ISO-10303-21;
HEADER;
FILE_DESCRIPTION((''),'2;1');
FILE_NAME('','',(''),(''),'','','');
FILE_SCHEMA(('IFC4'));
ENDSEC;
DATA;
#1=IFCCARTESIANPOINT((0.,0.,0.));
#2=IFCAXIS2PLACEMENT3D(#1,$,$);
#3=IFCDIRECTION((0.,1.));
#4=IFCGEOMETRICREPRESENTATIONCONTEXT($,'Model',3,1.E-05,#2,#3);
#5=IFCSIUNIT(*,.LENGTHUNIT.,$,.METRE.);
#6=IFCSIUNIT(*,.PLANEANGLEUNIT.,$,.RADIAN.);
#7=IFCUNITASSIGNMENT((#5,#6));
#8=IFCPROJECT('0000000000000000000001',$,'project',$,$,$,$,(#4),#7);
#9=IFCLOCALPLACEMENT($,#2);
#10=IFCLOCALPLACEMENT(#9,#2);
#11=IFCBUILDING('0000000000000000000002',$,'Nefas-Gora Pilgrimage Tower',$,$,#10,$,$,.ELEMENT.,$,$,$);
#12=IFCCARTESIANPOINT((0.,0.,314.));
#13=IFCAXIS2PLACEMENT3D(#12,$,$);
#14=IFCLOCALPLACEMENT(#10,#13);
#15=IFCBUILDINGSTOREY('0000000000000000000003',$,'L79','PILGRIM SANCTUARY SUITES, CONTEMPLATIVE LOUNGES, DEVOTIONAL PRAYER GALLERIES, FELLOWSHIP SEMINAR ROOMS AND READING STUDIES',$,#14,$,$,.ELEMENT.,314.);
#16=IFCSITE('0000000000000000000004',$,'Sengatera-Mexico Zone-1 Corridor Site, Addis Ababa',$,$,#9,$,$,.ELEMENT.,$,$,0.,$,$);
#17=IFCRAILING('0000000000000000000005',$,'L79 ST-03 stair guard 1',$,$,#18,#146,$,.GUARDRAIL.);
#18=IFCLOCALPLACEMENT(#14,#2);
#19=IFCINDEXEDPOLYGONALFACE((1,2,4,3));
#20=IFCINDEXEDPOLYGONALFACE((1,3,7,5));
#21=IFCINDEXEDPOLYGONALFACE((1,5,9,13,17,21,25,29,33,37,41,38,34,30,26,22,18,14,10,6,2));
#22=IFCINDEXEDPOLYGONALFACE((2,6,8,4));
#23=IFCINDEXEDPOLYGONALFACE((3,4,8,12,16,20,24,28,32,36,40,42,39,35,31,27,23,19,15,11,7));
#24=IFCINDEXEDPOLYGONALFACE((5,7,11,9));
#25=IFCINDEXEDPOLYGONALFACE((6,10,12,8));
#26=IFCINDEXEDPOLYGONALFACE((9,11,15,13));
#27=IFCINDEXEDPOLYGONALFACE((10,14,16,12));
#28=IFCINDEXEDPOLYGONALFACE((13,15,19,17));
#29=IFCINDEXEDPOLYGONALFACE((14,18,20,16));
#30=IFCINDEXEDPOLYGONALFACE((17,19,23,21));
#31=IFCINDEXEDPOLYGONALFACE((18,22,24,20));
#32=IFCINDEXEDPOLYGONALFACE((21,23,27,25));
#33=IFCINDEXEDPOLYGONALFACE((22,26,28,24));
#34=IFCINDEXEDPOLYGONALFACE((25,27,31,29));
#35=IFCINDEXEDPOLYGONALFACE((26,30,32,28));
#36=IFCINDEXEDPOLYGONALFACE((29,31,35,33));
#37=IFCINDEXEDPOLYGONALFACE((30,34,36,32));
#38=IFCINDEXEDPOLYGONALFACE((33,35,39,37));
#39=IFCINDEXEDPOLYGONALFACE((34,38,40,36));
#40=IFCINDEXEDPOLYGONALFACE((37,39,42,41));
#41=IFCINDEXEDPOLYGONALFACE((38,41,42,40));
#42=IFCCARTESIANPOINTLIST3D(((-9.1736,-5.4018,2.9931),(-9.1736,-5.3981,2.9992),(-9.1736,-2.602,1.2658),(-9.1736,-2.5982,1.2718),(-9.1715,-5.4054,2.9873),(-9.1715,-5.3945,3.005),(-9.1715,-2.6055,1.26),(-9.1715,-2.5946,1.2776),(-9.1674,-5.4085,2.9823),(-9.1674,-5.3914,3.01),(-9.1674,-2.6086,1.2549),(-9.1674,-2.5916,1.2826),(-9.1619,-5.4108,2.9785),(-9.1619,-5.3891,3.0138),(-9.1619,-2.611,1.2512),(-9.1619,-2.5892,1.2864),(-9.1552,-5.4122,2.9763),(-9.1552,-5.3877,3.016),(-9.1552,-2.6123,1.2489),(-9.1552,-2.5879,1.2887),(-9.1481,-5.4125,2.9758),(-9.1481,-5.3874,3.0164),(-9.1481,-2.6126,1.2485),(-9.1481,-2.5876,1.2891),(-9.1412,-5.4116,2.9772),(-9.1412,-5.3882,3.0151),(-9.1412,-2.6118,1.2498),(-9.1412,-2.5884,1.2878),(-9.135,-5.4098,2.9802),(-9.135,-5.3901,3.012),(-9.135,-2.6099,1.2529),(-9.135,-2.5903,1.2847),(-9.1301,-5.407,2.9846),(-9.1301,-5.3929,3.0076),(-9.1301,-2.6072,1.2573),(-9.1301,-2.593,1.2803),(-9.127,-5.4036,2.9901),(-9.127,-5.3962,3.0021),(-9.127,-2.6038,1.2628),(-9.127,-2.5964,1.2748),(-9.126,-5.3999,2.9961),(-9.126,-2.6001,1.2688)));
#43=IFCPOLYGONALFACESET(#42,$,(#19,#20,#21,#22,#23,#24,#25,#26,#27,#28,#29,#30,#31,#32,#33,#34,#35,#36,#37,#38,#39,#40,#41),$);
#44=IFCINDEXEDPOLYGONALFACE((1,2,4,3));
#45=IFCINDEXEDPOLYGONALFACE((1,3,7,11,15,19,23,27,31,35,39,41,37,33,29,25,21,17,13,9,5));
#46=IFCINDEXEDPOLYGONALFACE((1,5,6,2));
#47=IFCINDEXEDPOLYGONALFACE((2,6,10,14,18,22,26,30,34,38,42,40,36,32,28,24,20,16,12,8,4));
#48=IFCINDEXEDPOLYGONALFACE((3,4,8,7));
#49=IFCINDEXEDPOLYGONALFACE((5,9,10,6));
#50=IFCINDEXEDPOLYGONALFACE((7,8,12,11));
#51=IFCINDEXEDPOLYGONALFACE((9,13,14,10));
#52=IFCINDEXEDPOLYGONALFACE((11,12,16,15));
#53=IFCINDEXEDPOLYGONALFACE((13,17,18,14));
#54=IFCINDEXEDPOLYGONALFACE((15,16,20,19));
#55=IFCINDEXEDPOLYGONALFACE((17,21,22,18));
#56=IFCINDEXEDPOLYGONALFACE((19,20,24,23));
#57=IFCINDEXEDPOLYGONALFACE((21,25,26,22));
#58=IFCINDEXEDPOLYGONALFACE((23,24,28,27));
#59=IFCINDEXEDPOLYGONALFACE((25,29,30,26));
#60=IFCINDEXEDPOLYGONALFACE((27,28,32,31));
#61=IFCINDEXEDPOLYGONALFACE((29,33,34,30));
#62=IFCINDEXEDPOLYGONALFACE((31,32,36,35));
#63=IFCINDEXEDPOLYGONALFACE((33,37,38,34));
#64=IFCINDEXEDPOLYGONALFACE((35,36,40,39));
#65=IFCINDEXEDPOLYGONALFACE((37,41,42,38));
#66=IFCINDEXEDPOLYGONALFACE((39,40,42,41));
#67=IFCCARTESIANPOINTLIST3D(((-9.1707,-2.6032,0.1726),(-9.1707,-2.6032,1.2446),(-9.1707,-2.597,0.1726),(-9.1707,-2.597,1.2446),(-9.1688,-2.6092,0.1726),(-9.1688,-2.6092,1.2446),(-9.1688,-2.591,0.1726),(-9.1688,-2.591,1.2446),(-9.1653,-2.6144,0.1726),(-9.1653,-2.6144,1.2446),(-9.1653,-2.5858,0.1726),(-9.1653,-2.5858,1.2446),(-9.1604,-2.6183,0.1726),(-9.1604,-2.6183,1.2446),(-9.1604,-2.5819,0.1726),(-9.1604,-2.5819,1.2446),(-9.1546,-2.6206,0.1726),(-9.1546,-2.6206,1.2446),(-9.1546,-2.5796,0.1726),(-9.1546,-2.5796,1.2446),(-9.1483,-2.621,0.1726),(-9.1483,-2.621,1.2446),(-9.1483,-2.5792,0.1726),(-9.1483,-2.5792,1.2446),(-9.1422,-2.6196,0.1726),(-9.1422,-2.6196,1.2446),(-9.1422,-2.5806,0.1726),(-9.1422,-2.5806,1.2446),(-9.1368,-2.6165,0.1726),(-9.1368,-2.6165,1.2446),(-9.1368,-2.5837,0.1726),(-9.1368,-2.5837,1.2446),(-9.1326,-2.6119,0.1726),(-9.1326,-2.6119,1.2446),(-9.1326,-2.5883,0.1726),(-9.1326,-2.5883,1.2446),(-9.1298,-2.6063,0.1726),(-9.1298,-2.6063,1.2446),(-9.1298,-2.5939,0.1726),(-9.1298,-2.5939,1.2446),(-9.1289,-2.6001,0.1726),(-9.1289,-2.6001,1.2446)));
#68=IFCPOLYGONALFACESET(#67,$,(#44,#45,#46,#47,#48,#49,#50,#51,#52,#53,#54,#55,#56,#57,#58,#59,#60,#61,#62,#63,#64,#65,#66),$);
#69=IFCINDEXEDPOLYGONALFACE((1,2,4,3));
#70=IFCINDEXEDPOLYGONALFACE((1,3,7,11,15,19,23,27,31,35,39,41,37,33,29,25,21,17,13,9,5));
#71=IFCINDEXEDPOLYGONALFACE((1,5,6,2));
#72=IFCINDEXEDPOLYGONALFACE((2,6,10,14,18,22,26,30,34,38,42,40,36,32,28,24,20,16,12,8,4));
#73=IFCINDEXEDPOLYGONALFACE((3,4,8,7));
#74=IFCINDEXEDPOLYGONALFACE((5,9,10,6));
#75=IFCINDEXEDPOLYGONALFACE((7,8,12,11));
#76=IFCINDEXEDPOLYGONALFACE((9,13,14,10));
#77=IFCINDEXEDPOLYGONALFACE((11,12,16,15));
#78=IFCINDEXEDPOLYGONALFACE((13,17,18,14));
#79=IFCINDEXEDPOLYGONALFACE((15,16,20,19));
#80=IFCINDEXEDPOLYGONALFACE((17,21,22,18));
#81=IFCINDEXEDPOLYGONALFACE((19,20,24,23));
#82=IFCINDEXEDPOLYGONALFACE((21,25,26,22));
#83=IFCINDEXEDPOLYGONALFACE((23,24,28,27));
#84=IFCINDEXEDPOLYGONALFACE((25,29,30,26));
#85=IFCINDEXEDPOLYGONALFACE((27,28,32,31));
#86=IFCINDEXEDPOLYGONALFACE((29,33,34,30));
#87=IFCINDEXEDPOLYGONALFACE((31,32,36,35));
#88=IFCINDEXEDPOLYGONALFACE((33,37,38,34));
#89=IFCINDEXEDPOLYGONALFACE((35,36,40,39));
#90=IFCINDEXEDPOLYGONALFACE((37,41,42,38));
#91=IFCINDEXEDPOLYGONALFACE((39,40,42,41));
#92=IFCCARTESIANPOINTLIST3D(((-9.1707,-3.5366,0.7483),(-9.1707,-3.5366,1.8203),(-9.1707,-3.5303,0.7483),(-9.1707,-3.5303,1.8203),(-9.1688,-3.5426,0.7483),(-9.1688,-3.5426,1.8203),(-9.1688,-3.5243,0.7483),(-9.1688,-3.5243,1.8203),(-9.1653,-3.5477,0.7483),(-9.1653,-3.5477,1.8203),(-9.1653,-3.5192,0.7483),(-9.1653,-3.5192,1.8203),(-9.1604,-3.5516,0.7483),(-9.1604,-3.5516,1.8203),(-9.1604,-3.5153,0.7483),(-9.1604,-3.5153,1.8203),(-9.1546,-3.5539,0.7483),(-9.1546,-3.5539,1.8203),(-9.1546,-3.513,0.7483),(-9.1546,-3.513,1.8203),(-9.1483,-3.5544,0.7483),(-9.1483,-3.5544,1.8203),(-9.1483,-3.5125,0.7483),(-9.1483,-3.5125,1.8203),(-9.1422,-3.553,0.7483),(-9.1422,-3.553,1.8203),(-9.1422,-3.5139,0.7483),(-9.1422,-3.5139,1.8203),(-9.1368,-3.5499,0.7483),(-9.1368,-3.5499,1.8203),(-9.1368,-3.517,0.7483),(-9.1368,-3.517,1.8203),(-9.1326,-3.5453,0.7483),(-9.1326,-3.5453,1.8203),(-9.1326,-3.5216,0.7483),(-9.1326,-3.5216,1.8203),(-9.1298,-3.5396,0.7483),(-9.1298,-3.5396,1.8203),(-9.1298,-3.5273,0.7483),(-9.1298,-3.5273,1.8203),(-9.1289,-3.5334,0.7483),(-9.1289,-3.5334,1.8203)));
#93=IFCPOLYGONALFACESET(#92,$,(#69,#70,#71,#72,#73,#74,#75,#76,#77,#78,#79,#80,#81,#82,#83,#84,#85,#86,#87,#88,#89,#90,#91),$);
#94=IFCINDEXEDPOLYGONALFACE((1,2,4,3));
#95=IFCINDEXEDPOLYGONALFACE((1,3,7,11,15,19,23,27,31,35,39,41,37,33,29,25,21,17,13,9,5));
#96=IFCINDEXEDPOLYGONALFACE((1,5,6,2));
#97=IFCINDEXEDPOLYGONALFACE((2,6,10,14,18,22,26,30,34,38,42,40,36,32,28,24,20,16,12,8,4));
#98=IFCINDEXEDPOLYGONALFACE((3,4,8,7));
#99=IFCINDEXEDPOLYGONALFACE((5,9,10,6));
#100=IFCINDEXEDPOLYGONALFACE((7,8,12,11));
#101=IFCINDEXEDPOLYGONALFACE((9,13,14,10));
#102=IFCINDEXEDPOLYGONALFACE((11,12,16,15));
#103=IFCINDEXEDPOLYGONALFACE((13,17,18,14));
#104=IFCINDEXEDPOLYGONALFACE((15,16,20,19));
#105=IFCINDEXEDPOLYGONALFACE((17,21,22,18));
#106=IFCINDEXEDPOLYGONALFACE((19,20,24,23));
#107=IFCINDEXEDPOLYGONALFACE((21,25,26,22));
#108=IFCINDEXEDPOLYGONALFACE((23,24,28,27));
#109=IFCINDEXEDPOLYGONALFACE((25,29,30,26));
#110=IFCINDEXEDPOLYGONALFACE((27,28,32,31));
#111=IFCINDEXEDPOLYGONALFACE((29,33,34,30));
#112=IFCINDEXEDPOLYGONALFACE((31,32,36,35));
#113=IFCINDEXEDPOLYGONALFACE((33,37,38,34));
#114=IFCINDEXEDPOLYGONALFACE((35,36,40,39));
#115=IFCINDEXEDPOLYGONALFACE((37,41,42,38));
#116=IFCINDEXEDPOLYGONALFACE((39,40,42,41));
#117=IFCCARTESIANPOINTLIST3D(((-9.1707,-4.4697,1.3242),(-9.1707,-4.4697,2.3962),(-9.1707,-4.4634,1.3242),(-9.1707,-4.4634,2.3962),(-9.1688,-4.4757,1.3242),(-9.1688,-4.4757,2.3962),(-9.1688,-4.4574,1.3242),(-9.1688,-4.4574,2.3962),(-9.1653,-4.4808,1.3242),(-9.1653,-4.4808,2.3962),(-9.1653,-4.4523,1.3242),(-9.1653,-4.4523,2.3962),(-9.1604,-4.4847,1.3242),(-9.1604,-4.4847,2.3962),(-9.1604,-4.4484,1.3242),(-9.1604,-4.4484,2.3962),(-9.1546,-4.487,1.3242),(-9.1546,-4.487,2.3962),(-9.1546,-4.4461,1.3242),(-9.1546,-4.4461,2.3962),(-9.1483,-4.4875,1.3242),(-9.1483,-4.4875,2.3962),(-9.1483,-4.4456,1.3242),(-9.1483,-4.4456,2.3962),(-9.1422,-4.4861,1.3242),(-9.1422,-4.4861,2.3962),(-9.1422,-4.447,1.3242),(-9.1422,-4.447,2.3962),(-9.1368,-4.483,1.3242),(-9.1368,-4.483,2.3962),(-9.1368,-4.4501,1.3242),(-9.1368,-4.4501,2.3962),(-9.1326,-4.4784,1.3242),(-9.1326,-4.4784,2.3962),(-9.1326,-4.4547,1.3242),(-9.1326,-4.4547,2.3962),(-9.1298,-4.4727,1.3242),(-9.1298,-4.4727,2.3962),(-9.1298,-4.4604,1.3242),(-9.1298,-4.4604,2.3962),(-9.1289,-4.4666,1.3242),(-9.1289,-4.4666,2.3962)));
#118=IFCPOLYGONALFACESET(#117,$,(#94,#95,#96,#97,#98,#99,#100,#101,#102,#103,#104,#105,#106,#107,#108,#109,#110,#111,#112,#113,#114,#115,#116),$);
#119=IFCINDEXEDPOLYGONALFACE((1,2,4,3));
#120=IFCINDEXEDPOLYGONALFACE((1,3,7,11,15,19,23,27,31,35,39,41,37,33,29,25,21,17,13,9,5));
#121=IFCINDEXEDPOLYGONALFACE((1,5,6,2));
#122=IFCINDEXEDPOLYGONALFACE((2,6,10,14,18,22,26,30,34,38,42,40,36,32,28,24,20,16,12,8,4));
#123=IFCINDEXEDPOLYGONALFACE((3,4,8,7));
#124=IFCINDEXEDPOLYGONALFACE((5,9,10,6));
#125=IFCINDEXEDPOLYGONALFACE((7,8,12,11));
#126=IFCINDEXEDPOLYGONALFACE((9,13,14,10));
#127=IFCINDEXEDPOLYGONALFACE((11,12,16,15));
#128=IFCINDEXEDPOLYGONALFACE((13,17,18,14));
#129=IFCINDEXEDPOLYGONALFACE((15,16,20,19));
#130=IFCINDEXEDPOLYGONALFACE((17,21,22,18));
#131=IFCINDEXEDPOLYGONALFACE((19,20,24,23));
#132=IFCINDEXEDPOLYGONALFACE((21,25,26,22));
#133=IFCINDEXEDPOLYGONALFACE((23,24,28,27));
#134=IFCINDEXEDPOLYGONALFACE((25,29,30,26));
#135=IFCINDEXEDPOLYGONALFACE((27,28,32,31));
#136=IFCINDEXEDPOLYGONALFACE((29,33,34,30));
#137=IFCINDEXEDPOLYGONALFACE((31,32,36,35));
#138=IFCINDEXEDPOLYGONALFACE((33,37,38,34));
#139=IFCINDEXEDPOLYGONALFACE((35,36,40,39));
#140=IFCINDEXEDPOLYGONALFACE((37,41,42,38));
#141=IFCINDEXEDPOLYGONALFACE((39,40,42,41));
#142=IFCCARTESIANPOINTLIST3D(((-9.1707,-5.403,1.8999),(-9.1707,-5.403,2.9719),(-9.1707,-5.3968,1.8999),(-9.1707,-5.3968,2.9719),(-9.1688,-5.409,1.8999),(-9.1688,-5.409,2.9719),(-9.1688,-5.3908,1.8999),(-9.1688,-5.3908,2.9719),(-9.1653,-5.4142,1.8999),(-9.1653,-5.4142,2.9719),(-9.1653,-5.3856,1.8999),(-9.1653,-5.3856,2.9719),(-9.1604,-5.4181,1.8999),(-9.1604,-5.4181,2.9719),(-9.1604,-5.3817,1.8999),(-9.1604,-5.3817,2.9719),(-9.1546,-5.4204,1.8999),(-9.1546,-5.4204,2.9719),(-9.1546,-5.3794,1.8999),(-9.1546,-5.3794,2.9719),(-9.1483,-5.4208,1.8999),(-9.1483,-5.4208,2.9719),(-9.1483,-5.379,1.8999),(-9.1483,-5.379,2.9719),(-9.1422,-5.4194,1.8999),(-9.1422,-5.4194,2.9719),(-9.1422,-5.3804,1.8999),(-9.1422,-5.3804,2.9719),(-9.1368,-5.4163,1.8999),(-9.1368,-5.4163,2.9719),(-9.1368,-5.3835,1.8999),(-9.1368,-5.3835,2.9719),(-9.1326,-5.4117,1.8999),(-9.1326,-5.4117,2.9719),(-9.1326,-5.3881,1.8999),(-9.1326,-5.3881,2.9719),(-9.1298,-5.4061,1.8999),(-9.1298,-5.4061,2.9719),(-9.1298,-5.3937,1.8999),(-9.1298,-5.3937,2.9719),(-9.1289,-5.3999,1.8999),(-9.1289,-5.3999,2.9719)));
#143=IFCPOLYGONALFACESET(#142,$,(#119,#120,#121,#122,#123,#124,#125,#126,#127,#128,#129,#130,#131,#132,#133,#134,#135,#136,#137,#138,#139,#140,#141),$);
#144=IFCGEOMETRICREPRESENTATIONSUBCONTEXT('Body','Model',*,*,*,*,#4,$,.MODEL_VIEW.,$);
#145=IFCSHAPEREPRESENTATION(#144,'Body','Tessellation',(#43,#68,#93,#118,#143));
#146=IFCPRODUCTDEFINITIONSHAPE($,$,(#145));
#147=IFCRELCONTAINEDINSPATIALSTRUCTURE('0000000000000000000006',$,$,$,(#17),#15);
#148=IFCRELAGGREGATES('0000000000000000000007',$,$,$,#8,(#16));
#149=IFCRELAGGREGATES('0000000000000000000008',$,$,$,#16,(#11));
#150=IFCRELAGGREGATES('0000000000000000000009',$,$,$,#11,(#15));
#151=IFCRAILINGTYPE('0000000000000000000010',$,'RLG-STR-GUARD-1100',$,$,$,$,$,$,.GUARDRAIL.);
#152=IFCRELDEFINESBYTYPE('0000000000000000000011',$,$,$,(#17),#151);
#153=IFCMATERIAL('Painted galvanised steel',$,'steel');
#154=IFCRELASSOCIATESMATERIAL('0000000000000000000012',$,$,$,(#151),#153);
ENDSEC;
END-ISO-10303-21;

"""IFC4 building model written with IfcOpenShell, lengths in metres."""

from ifc_helpers import new_model, si_unit, direction, frame, origin, origin_2d, place, context, subcontext, project, spatial, circle, extrude, material, type_object, element, save


model = new_model("IFC4")

# Units and contexts
model_context = context("Model", 3, precision=1e-05, world=origin(), true_north=direction((0.0, 1.0)))
body_context = subcontext(model_context, "Body", "Model", "MODEL_VIEW")
ifc_project = project(units=[si_unit("LENGTHUNIT", "METRE"), si_unit("PLANEANGLEUNIT", "RADIAN")], contexts=[model_context])

# Site, building, storey
site_placement = place(None, origin())
site = spatial("IfcSite", under=ifc_project, at=site_placement, Name="Sengatera-Mexico Zone-1 Corridor Site, Addis Ababa", CompositionType="ELEMENT", RefElevation=0.0)
building_placement = place(site_placement, origin())
building = spatial("IfcBuilding", under=site, at=building_placement, Name="Nefas-Gora Pilgrimage Tower", CompositionType="ELEMENT")
storey_placement = place(building_placement, frame((0.0, 0.0, 314.0)))
storey = spatial("IfcBuildingStorey", under=building, at=storey_placement, Name="L79", Description="PILGRIM SANCTUARY SUITES, CONTEMPLATIVE LOUNGES, DEVOTIONAL PRAYER GALLERIES, FELLOWSHIP SEMINAR ROOMS AND READING STUDIES", CompositionType="ELEMENT", Elevation=314.0)

# Railing
ifc_material_1 = material(Name="Painted galvanised steel", Category="steel")
railing_type_1 = type_object("IfcRailingType", Name="RLG-STR-GUARD-1100", PredefinedType="GUARDRAIL", material=ifc_material_1)
railing_1_placement = place(storey_placement, frame((-9.1499, -2.6001, 0.1726)))
element("IfcRailing", 1, at=railing_1_placement, inside=storey, type_object=railing_type_1, Name="L79 ST-03 stair guard 1", PredefinedType="GUARDRAIL", context=body_context, shape_type="SweptSolid", body=[
    extrude(circle(Radius=0.0239, at=origin_2d()), frame((0.0, 0.0, 1.0962), z_axis=(0.0, -0.851069, 0.525054), x_axis=(1.0, 0.0, 0.0)), (0.0, 0.0, 1.0), 3.2898),
    extrude(circle(Radius=0.021, at=origin_2d()), origin(), (0.0, 0.0, 1.0), 1.072),
    extrude(circle(Radius=0.021, at=origin_2d()), frame((0.0, -0.9333, 0.5757)), (0.0, 0.0, 1.0), 1.072),
    extrude(circle(Radius=0.021, at=origin_2d()), frame((0.0, -1.8665, 1.1516)), (0.0, 0.0, 1.0), 1.072),
    extrude(circle(Radius=0.021, at=origin_2d()), frame((0.0, -2.7998, 1.7273)), (0.0, 0.0, 1.0), 1.072),
])

save(model, "model.ifc")
